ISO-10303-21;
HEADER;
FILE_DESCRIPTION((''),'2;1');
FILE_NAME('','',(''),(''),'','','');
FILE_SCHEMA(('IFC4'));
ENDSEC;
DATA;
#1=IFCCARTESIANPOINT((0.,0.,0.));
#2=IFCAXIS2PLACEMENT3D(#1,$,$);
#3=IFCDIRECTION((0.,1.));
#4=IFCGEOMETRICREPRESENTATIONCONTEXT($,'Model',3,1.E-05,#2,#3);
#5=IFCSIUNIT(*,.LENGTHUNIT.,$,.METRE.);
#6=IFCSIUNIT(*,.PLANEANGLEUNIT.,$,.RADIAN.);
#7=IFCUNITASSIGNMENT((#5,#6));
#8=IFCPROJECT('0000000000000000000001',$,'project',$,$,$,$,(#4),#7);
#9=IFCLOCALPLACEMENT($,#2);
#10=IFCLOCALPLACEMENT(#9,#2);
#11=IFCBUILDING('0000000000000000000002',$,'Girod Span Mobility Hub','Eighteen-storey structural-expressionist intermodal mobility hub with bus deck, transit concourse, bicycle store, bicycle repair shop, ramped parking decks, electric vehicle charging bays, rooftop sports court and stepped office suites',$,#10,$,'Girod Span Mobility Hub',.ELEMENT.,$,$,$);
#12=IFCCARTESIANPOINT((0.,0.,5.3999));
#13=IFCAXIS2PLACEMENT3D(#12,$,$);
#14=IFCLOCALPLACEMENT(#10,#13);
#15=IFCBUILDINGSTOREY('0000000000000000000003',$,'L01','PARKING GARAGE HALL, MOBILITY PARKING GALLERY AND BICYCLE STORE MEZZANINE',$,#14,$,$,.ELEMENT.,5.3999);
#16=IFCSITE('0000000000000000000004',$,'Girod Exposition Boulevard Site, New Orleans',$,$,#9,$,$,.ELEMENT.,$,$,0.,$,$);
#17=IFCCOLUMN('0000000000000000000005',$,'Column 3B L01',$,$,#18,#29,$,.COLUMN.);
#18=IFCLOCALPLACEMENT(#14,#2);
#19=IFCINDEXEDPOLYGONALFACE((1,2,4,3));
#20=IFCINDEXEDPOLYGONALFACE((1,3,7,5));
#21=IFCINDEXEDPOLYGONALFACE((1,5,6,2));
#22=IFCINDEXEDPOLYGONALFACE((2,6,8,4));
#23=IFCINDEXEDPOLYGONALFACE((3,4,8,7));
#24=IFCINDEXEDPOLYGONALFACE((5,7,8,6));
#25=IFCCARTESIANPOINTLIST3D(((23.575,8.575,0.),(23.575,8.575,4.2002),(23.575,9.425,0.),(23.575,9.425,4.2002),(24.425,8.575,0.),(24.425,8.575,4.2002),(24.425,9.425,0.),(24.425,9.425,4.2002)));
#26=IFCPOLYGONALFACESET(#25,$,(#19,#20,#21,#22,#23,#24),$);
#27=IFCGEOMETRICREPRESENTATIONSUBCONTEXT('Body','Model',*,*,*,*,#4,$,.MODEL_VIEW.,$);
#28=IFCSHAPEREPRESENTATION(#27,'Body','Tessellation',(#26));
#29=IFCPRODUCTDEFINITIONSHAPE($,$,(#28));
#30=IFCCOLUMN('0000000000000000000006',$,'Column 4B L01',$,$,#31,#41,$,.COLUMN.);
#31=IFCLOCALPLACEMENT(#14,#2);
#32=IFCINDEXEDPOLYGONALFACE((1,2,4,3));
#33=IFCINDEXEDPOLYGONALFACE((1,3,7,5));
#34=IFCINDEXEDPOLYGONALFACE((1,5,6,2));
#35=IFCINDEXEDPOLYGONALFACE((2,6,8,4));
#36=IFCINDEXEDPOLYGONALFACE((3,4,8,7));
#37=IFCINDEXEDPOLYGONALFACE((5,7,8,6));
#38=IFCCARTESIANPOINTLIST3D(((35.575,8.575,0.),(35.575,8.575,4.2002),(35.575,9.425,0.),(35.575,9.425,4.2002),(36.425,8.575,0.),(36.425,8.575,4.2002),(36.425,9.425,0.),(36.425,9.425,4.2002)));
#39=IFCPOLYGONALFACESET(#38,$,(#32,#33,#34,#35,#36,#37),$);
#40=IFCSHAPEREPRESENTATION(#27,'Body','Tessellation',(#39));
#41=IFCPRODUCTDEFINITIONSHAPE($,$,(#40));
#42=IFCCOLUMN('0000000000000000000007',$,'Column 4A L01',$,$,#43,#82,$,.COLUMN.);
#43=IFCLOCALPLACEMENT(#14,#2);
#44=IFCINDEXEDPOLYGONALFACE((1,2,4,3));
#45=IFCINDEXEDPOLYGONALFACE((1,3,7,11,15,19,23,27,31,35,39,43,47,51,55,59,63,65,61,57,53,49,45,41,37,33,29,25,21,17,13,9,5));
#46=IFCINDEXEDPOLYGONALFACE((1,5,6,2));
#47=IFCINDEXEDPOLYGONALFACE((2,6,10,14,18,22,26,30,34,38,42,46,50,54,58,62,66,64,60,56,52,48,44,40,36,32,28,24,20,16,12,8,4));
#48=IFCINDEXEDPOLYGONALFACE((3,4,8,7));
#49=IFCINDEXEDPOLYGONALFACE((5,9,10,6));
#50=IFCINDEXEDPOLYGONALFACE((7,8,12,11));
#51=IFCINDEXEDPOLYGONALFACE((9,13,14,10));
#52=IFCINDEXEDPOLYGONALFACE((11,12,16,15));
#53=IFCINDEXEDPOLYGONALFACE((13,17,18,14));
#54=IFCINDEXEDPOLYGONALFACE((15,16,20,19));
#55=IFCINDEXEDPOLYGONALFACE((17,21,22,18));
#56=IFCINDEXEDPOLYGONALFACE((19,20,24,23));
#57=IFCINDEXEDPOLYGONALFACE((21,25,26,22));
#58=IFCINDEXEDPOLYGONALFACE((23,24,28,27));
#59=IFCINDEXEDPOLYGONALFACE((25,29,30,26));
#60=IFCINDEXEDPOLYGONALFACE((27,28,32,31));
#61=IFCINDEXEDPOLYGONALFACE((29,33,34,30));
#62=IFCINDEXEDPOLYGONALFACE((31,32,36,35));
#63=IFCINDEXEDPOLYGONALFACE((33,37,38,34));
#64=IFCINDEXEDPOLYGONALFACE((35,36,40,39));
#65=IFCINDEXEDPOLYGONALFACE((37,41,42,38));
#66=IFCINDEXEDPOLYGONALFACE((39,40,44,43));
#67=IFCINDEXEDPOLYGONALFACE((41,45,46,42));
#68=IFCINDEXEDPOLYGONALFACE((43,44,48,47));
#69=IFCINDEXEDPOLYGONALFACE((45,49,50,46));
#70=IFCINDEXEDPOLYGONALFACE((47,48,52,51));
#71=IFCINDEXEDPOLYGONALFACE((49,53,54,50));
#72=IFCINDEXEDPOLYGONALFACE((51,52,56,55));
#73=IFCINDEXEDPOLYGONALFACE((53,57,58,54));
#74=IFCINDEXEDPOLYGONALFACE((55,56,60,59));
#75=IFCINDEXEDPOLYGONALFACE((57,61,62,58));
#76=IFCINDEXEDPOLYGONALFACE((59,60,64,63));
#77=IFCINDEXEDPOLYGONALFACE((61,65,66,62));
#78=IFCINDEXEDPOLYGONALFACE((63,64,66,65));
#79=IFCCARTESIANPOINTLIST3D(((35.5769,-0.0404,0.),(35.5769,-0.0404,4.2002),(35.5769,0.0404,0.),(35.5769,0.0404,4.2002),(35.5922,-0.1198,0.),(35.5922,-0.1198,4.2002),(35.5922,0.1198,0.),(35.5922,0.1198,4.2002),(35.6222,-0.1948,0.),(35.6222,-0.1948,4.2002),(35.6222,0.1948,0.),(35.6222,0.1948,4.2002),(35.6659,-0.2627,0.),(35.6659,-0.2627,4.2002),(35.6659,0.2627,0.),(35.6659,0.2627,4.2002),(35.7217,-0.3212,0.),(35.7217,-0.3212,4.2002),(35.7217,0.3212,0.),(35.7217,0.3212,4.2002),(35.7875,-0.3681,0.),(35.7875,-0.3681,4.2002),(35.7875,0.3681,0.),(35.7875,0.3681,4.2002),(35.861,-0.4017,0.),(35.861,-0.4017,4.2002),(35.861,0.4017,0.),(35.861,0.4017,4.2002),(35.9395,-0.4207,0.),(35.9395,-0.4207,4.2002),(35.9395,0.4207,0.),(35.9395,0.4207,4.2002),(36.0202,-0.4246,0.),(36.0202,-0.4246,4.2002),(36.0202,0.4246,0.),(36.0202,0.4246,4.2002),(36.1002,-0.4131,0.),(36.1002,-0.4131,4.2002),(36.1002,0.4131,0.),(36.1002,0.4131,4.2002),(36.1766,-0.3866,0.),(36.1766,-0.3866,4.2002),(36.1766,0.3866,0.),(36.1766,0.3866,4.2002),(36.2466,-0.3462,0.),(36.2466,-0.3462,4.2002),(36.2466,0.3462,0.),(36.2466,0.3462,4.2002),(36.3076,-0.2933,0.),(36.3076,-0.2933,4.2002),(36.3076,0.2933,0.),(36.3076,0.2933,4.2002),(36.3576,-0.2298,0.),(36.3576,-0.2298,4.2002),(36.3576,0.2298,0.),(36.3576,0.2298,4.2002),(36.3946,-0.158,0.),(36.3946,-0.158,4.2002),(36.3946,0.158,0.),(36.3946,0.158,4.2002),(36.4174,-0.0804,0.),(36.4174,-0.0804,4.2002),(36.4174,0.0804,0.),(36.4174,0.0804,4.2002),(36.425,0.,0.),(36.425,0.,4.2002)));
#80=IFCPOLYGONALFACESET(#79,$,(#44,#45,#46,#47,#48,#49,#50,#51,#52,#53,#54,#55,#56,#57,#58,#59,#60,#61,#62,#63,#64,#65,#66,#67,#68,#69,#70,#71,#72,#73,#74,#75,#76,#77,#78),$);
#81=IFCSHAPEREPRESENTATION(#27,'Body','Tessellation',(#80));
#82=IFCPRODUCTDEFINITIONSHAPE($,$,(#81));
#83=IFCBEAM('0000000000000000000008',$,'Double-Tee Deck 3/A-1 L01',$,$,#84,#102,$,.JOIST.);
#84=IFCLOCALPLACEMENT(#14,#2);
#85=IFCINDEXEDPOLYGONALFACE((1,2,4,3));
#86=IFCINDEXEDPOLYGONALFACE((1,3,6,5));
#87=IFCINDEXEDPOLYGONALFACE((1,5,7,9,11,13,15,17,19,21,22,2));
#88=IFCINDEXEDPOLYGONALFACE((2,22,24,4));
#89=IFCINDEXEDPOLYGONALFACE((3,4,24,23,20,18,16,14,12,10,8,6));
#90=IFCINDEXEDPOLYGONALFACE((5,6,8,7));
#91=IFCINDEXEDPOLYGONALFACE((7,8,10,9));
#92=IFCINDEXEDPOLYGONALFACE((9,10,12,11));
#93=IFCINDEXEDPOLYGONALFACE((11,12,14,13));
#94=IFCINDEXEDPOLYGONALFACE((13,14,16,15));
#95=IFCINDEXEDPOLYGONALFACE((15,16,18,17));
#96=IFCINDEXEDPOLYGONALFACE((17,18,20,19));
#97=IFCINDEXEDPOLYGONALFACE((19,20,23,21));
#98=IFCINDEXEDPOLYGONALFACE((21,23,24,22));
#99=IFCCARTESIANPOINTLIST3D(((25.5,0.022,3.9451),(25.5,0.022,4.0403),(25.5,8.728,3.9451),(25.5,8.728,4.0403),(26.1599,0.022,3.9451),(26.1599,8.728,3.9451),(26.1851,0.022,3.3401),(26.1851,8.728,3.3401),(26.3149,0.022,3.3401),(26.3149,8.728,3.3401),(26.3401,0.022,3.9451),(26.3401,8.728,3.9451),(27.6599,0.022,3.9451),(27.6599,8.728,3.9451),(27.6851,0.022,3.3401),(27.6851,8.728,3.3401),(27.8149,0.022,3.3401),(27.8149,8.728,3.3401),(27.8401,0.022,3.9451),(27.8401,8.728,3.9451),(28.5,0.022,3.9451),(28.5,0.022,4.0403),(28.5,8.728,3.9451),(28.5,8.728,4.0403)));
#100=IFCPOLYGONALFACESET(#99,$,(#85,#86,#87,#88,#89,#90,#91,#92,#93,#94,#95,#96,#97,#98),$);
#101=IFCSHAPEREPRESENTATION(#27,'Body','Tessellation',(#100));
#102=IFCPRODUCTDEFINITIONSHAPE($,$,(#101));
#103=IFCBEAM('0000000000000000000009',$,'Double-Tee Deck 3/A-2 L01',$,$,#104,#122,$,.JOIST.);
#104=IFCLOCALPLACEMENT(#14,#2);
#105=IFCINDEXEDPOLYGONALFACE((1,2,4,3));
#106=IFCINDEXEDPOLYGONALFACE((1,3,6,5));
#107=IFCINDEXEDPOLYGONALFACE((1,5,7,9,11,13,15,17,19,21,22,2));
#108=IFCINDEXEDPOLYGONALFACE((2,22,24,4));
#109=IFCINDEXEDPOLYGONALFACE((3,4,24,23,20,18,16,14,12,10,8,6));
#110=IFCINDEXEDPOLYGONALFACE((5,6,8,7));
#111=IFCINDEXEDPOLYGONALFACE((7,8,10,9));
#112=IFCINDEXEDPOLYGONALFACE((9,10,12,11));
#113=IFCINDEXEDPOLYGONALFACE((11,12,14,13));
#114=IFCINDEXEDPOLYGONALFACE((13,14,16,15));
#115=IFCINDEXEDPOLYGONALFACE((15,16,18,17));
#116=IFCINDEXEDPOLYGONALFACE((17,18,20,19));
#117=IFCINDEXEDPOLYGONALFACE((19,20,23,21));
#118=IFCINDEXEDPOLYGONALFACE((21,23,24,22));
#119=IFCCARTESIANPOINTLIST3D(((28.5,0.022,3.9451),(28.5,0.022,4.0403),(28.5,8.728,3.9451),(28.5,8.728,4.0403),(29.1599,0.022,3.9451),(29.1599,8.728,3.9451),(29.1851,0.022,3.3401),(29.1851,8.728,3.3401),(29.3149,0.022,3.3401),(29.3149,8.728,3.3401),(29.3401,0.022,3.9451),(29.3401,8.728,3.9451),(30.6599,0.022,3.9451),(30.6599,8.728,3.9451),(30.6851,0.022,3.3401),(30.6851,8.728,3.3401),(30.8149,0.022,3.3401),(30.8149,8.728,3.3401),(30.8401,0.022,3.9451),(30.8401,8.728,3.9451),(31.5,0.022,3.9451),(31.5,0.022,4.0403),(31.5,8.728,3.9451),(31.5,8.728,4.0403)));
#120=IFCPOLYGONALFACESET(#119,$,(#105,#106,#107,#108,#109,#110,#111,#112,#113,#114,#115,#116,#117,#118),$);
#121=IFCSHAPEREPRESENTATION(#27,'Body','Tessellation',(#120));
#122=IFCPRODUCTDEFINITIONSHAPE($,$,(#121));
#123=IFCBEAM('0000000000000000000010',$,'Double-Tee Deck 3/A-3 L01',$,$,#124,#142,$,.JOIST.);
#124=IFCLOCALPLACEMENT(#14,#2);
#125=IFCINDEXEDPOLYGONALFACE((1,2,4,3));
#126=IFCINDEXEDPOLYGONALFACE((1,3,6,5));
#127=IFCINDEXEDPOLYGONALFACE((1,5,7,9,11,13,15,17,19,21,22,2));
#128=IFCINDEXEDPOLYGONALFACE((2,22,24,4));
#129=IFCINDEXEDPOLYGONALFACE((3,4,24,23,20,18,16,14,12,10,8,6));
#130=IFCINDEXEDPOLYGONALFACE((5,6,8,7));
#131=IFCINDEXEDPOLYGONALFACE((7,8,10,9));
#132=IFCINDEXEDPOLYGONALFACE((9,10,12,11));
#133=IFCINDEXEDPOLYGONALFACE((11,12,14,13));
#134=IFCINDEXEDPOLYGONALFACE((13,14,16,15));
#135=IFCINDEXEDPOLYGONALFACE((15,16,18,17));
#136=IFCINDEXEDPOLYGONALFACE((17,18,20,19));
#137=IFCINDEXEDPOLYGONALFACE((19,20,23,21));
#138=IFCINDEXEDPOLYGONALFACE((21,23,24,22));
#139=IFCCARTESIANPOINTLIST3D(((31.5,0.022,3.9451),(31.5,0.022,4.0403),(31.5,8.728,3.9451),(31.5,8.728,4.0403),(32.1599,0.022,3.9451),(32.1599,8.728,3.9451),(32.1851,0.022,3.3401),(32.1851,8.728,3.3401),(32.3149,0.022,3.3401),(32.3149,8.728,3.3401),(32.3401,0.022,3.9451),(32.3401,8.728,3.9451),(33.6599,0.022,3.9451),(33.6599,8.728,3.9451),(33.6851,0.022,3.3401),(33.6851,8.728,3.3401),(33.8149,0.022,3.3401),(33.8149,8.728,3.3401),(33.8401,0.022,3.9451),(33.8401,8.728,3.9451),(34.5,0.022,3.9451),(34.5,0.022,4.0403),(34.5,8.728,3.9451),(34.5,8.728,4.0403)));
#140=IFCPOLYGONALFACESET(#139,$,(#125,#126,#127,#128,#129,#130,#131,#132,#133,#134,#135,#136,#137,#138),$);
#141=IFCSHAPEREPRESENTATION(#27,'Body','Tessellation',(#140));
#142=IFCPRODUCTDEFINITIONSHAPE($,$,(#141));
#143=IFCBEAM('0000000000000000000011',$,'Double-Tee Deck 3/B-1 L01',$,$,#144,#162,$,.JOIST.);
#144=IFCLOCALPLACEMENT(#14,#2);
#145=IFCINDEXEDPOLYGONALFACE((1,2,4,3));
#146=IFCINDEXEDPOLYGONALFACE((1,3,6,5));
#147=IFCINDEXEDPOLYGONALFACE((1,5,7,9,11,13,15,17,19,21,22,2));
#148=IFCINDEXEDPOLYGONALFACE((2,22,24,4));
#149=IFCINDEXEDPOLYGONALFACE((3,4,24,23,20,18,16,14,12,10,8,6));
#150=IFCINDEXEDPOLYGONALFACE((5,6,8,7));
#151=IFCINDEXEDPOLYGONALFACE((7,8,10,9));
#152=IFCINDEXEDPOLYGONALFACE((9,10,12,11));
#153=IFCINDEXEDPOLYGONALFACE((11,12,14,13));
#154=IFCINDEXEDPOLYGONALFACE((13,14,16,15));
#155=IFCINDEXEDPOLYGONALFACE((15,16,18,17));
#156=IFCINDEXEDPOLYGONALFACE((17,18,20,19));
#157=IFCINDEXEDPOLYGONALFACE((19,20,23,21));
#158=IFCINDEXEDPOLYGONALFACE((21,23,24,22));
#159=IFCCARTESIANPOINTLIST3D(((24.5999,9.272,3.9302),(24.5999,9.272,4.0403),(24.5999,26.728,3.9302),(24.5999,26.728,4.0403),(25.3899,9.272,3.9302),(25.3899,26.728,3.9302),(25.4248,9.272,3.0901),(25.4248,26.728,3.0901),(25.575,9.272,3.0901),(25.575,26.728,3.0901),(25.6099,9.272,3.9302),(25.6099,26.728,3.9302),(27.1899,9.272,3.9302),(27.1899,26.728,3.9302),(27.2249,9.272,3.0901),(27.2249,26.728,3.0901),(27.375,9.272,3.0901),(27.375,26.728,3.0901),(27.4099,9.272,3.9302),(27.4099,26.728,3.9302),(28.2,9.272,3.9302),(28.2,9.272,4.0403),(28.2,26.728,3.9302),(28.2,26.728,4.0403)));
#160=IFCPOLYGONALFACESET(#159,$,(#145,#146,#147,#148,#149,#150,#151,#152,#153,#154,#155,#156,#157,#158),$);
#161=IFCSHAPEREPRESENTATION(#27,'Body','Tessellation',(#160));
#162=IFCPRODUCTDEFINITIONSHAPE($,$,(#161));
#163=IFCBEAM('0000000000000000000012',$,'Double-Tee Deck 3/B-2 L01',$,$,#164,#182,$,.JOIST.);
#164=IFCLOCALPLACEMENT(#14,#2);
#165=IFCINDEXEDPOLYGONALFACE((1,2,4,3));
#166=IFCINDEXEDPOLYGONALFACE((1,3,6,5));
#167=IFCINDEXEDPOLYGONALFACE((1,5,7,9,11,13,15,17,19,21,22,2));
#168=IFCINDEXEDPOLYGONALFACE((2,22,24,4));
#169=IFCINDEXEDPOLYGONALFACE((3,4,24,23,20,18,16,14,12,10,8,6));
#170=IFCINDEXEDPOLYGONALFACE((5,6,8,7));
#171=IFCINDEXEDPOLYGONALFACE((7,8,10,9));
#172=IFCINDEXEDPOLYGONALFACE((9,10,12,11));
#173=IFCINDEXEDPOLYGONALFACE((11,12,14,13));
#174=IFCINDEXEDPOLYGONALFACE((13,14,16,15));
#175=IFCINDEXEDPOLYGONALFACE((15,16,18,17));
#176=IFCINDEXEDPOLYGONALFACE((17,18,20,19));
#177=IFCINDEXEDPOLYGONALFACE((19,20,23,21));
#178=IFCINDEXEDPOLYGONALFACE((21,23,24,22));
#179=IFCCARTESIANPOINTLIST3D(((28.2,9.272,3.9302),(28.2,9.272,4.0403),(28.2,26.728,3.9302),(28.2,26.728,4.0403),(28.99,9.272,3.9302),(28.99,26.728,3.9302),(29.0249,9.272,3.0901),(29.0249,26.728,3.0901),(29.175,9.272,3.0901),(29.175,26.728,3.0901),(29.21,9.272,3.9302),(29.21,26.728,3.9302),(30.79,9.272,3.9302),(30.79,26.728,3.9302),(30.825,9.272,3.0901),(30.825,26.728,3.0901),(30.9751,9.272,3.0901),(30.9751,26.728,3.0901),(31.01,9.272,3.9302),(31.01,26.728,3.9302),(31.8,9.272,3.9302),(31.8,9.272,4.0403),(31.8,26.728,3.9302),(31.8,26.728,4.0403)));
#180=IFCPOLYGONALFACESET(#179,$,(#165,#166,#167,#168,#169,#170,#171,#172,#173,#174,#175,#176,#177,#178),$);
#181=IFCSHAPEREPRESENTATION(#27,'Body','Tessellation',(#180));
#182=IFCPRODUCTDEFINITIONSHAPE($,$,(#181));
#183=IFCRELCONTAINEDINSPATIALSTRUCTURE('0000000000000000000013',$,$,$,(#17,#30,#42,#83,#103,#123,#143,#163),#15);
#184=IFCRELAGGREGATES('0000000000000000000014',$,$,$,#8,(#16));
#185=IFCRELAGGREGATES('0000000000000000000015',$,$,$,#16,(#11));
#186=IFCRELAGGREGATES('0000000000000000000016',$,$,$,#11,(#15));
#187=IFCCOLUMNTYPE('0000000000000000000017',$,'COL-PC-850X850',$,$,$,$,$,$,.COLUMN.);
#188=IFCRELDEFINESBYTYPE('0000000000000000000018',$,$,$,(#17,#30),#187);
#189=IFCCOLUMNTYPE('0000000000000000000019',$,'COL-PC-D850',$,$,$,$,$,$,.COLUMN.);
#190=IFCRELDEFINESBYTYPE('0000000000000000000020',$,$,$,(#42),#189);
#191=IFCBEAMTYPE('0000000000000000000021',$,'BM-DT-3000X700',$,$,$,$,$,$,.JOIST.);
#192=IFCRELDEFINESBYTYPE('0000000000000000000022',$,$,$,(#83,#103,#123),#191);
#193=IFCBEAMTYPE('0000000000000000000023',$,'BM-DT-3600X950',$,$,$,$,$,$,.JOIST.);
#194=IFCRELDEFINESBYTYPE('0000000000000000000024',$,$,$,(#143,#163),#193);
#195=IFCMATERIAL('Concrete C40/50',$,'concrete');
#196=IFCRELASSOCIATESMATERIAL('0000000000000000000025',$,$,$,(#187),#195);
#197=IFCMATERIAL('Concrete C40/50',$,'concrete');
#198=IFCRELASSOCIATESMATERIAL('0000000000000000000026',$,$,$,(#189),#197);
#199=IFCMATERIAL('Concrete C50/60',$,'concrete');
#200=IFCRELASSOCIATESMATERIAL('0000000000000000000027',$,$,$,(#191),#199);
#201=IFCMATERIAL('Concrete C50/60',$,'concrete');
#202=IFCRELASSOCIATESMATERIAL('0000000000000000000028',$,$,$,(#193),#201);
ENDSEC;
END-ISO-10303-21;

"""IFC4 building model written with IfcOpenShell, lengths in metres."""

from ifc_helpers import new_model, si_unit, direction, frame, origin, origin_2d, place, context, subcontext, project, spatial, polyline, rectangle, circle, outline, extrude, material, material_profile, profile_set, type_object, element, save


model = new_model("IFC4")

# Units and contexts
model_context = context("Model", 3, precision=1e-05, world=origin(), true_north=direction((0.0, 1.0)))
body_context = subcontext(model_context, "Body", "Model", "MODEL_VIEW")
ifc_project = project(units=[si_unit("LENGTHUNIT", "METRE"), si_unit("PLANEANGLEUNIT", "RADIAN")], contexts=[model_context])

# Site, building, storey
site_placement = place(None, origin())
site = spatial("IfcSite", under=ifc_project, at=site_placement, Name="Girod Exposition Boulevard Site, New Orleans", CompositionType="ELEMENT", RefElevation=0.0)
building_placement = place(site_placement, origin())
building = spatial("IfcBuilding", under=site, at=building_placement, Name="Girod Span Mobility Hub", Description="Eighteen-storey structural-expressionist intermodal mobility hub with bus deck, transit concourse, bicycle store, bicycle repair shop, ramped parking decks, electric vehicle charging bays, rooftop sports court and stepped office suites", LongName="Girod Span Mobility Hub", CompositionType="ELEMENT")
storey_placement = place(building_placement, frame((0.0, 0.0, 5.3999)))
storey = spatial("IfcBuildingStorey", under=building, at=storey_placement, Name="L01", Description="PARKING GARAGE HALL, MOBILITY PARKING GALLERY AND BICYCLE STORE MEZZANINE", CompositionType="ELEMENT", Elevation=5.3999)

# Columns
ifc_material_1 = material(Name="Concrete C40/50", Category="concrete")
ifc_material_profile_1 = material_profile(ifc_material_1, rectangle(XDim=0.8501, YDim=0.8501, at=origin_2d()), Name="PC-COL-850X850")
ifc_profile_set_1 = profile_set([ifc_material_profile_1], Name="Concrete C40/50")
column_type_1 = type_object("IfcColumnType", Name="COL-PC-850X850", PredefinedType="COLUMN", material=ifc_profile_set_1)
for number, where, z_axis, x_axis, name in (
    (1, (24.0, 9.0, 0.0), (0.0, 0.0, 1.0), (1.0, 0.0, 0.0), "Column 3B L01"),
    (2, (36.0, 9.0, 0.0), (0.0, 0.0, 1.0), (1.0, 0.0, 0.0), "Column 4B L01"),
):
    element("IfcColumn", number, at=place(storey_placement, frame(where, z_axis=z_axis, x_axis=x_axis)), inside=storey, type_object=column_type_1, Name=name, PredefinedType="COLUMN", context=body_context, shape_type="SweptSolid", body=[
        extrude(rectangle(XDim=0.8501, YDim=0.8501, at=origin_2d()), origin(), (0.0, 0.0, 1.0), 4.2002),
    ])
ifc_material_2 = material(Name="Concrete C40/50", Category="concrete")
ifc_material_profile_2 = material_profile(ifc_material_2, circle(Radius=0.425, at=origin_2d()), Name="PC-CIR-D850")
ifc_profile_set_2 = profile_set([ifc_material_profile_2], Name="Concrete C40/50")
column_type_2 = type_object("IfcColumnType", Name="COL-PC-D850", PredefinedType="COLUMN", material=ifc_profile_set_2)
column_placement = place(storey_placement, frame((36.0, 0.0, 0.0), z_axis=(0.0, 0.0, 1.0), x_axis=(1.0, 0.0, 0.0)))
element("IfcColumn", 3, at=column_placement, inside=storey, type_object=column_type_2, Name="Column 4A L01", PredefinedType="COLUMN", context=body_context, shape_type="SweptSolid", body=[
    extrude(circle(Radius=0.425, at=origin_2d()), origin(), (0.0, 0.0, 1.0), 4.2002),
])

# Beams
ifc_material_3 = material(Name="Concrete C50/60", Category="concrete")
ifc_material_profile_3 = material_profile(ifc_material_3, outline(polyline([(-1.5, 0.3501), (-1.5, 0.2549), (-0.8401, 0.2549), (-0.8149, -0.3501), (-0.6851, -0.3501), (-0.6599, 0.2549), (0.6599, 0.2549), (0.6851, -0.3501), (0.8149, -0.3501), (0.8401, 0.2549), (1.5, 0.2549), (1.5, 0.3501), (-1.5, 0.3501)])), Name="DT-3000X700")
ifc_profile_set_3 = profile_set([ifc_material_profile_3], Name="Concrete C50/60")
beam_type_1 = type_object("IfcBeamType", Name="BM-DT-3000X700", PredefinedType="JOIST", material=ifc_profile_set_3)
for number, where, z_axis, x_axis, name in (
    (4, (27.0, 0.022, 3.6902), (0.0, 1.0, 0.0), (-1.0, 0.0, 0.0), "Double-Tee Deck 3/A-1 L01"),
    (5, (30.0, 0.022, 3.6902), (0.0, 1.0, 0.0), (-1.0, 0.0, 0.0), "Double-Tee Deck 3/A-2 L01"),
    (6, (33.0, 0.022, 3.6902), (0.0, 1.0, 0.0), (-1.0, 0.0, 0.0), "Double-Tee Deck 3/A-3 L01"),
):
    element("IfcBeam", number, at=place(storey_placement, frame(where, z_axis=z_axis, x_axis=x_axis)), inside=storey, type_object=beam_type_1, Name=name, PredefinedType="JOIST", context=body_context, shape_type="SweptSolid", body=[
        extrude(outline(polyline([(-1.5, 0.3501), (-1.5, 0.2549), (-0.8401, 0.2549), (-0.8149, -0.3501), (-0.6851, -0.3501), (-0.6599, 0.2549), (0.6599, 0.2549), (0.6851, -0.3501), (0.8149, -0.3501), (0.8401, 0.2549), (1.5, 0.2549), (1.5, 0.3501), (-1.5, 0.3501)])), origin(), (0.0, 0.0, 1.0), 8.7061),
    ])
ifc_material_4 = material(Name="Concrete C50/60", Category="concrete")
ifc_material_profile_4 = material_profile(ifc_material_4, outline(polyline([(-1.8, 0.4751), (-1.8, 0.365), (-1.01, 0.365), (-0.9751, -0.4751), (-0.825, -0.4751), (-0.79, 0.365), (0.79, 0.365), (0.825, -0.4751), (0.9751, -0.4751), (1.01, 0.365), (1.8, 0.365), (1.8, 0.4751), (-1.8, 0.4751)])), Name="DT-3600X950")
ifc_profile_set_4 = profile_set([ifc_material_profile_4], Name="Concrete C50/60")
beam_type_2 = type_object("IfcBeamType", Name="BM-DT-3600X950", PredefinedType="JOIST", material=ifc_profile_set_4)
for number, where, z_axis, x_axis, name in (
    (7, (26.3999, 9.272, 3.5652), (0.0, 1.0, 0.0), (-1.0, 0.0, 0.0), "Double-Tee Deck 3/B-1 L01"),
    (8, (30.0, 9.272, 3.5652), (0.0, 1.0, 0.0), (-1.0, 0.0, 0.0), "Double-Tee Deck 3/B-2 L01"),
):
    element("IfcBeam", number, at=place(storey_placement, frame(where, z_axis=z_axis, x_axis=x_axis)), inside=storey, type_object=beam_type_2, Name=name, PredefinedType="JOIST", context=body_context, shape_type="SweptSolid", body=[
        extrude(outline(polyline([(-1.8, 0.4751), (-1.8, 0.365), (-1.01, 0.365), (-0.9751, -0.4751), (-0.825, -0.4751), (-0.79, 0.365), (0.79, 0.365), (0.825, -0.4751), (0.9751, -0.4751), (1.01, 0.365), (1.8, 0.365), (1.8, 0.4751), (-1.8, 0.4751)])), origin(), (0.0, 0.0, 1.0), 17.4561),
    ])

save(model, "model.ifc")
